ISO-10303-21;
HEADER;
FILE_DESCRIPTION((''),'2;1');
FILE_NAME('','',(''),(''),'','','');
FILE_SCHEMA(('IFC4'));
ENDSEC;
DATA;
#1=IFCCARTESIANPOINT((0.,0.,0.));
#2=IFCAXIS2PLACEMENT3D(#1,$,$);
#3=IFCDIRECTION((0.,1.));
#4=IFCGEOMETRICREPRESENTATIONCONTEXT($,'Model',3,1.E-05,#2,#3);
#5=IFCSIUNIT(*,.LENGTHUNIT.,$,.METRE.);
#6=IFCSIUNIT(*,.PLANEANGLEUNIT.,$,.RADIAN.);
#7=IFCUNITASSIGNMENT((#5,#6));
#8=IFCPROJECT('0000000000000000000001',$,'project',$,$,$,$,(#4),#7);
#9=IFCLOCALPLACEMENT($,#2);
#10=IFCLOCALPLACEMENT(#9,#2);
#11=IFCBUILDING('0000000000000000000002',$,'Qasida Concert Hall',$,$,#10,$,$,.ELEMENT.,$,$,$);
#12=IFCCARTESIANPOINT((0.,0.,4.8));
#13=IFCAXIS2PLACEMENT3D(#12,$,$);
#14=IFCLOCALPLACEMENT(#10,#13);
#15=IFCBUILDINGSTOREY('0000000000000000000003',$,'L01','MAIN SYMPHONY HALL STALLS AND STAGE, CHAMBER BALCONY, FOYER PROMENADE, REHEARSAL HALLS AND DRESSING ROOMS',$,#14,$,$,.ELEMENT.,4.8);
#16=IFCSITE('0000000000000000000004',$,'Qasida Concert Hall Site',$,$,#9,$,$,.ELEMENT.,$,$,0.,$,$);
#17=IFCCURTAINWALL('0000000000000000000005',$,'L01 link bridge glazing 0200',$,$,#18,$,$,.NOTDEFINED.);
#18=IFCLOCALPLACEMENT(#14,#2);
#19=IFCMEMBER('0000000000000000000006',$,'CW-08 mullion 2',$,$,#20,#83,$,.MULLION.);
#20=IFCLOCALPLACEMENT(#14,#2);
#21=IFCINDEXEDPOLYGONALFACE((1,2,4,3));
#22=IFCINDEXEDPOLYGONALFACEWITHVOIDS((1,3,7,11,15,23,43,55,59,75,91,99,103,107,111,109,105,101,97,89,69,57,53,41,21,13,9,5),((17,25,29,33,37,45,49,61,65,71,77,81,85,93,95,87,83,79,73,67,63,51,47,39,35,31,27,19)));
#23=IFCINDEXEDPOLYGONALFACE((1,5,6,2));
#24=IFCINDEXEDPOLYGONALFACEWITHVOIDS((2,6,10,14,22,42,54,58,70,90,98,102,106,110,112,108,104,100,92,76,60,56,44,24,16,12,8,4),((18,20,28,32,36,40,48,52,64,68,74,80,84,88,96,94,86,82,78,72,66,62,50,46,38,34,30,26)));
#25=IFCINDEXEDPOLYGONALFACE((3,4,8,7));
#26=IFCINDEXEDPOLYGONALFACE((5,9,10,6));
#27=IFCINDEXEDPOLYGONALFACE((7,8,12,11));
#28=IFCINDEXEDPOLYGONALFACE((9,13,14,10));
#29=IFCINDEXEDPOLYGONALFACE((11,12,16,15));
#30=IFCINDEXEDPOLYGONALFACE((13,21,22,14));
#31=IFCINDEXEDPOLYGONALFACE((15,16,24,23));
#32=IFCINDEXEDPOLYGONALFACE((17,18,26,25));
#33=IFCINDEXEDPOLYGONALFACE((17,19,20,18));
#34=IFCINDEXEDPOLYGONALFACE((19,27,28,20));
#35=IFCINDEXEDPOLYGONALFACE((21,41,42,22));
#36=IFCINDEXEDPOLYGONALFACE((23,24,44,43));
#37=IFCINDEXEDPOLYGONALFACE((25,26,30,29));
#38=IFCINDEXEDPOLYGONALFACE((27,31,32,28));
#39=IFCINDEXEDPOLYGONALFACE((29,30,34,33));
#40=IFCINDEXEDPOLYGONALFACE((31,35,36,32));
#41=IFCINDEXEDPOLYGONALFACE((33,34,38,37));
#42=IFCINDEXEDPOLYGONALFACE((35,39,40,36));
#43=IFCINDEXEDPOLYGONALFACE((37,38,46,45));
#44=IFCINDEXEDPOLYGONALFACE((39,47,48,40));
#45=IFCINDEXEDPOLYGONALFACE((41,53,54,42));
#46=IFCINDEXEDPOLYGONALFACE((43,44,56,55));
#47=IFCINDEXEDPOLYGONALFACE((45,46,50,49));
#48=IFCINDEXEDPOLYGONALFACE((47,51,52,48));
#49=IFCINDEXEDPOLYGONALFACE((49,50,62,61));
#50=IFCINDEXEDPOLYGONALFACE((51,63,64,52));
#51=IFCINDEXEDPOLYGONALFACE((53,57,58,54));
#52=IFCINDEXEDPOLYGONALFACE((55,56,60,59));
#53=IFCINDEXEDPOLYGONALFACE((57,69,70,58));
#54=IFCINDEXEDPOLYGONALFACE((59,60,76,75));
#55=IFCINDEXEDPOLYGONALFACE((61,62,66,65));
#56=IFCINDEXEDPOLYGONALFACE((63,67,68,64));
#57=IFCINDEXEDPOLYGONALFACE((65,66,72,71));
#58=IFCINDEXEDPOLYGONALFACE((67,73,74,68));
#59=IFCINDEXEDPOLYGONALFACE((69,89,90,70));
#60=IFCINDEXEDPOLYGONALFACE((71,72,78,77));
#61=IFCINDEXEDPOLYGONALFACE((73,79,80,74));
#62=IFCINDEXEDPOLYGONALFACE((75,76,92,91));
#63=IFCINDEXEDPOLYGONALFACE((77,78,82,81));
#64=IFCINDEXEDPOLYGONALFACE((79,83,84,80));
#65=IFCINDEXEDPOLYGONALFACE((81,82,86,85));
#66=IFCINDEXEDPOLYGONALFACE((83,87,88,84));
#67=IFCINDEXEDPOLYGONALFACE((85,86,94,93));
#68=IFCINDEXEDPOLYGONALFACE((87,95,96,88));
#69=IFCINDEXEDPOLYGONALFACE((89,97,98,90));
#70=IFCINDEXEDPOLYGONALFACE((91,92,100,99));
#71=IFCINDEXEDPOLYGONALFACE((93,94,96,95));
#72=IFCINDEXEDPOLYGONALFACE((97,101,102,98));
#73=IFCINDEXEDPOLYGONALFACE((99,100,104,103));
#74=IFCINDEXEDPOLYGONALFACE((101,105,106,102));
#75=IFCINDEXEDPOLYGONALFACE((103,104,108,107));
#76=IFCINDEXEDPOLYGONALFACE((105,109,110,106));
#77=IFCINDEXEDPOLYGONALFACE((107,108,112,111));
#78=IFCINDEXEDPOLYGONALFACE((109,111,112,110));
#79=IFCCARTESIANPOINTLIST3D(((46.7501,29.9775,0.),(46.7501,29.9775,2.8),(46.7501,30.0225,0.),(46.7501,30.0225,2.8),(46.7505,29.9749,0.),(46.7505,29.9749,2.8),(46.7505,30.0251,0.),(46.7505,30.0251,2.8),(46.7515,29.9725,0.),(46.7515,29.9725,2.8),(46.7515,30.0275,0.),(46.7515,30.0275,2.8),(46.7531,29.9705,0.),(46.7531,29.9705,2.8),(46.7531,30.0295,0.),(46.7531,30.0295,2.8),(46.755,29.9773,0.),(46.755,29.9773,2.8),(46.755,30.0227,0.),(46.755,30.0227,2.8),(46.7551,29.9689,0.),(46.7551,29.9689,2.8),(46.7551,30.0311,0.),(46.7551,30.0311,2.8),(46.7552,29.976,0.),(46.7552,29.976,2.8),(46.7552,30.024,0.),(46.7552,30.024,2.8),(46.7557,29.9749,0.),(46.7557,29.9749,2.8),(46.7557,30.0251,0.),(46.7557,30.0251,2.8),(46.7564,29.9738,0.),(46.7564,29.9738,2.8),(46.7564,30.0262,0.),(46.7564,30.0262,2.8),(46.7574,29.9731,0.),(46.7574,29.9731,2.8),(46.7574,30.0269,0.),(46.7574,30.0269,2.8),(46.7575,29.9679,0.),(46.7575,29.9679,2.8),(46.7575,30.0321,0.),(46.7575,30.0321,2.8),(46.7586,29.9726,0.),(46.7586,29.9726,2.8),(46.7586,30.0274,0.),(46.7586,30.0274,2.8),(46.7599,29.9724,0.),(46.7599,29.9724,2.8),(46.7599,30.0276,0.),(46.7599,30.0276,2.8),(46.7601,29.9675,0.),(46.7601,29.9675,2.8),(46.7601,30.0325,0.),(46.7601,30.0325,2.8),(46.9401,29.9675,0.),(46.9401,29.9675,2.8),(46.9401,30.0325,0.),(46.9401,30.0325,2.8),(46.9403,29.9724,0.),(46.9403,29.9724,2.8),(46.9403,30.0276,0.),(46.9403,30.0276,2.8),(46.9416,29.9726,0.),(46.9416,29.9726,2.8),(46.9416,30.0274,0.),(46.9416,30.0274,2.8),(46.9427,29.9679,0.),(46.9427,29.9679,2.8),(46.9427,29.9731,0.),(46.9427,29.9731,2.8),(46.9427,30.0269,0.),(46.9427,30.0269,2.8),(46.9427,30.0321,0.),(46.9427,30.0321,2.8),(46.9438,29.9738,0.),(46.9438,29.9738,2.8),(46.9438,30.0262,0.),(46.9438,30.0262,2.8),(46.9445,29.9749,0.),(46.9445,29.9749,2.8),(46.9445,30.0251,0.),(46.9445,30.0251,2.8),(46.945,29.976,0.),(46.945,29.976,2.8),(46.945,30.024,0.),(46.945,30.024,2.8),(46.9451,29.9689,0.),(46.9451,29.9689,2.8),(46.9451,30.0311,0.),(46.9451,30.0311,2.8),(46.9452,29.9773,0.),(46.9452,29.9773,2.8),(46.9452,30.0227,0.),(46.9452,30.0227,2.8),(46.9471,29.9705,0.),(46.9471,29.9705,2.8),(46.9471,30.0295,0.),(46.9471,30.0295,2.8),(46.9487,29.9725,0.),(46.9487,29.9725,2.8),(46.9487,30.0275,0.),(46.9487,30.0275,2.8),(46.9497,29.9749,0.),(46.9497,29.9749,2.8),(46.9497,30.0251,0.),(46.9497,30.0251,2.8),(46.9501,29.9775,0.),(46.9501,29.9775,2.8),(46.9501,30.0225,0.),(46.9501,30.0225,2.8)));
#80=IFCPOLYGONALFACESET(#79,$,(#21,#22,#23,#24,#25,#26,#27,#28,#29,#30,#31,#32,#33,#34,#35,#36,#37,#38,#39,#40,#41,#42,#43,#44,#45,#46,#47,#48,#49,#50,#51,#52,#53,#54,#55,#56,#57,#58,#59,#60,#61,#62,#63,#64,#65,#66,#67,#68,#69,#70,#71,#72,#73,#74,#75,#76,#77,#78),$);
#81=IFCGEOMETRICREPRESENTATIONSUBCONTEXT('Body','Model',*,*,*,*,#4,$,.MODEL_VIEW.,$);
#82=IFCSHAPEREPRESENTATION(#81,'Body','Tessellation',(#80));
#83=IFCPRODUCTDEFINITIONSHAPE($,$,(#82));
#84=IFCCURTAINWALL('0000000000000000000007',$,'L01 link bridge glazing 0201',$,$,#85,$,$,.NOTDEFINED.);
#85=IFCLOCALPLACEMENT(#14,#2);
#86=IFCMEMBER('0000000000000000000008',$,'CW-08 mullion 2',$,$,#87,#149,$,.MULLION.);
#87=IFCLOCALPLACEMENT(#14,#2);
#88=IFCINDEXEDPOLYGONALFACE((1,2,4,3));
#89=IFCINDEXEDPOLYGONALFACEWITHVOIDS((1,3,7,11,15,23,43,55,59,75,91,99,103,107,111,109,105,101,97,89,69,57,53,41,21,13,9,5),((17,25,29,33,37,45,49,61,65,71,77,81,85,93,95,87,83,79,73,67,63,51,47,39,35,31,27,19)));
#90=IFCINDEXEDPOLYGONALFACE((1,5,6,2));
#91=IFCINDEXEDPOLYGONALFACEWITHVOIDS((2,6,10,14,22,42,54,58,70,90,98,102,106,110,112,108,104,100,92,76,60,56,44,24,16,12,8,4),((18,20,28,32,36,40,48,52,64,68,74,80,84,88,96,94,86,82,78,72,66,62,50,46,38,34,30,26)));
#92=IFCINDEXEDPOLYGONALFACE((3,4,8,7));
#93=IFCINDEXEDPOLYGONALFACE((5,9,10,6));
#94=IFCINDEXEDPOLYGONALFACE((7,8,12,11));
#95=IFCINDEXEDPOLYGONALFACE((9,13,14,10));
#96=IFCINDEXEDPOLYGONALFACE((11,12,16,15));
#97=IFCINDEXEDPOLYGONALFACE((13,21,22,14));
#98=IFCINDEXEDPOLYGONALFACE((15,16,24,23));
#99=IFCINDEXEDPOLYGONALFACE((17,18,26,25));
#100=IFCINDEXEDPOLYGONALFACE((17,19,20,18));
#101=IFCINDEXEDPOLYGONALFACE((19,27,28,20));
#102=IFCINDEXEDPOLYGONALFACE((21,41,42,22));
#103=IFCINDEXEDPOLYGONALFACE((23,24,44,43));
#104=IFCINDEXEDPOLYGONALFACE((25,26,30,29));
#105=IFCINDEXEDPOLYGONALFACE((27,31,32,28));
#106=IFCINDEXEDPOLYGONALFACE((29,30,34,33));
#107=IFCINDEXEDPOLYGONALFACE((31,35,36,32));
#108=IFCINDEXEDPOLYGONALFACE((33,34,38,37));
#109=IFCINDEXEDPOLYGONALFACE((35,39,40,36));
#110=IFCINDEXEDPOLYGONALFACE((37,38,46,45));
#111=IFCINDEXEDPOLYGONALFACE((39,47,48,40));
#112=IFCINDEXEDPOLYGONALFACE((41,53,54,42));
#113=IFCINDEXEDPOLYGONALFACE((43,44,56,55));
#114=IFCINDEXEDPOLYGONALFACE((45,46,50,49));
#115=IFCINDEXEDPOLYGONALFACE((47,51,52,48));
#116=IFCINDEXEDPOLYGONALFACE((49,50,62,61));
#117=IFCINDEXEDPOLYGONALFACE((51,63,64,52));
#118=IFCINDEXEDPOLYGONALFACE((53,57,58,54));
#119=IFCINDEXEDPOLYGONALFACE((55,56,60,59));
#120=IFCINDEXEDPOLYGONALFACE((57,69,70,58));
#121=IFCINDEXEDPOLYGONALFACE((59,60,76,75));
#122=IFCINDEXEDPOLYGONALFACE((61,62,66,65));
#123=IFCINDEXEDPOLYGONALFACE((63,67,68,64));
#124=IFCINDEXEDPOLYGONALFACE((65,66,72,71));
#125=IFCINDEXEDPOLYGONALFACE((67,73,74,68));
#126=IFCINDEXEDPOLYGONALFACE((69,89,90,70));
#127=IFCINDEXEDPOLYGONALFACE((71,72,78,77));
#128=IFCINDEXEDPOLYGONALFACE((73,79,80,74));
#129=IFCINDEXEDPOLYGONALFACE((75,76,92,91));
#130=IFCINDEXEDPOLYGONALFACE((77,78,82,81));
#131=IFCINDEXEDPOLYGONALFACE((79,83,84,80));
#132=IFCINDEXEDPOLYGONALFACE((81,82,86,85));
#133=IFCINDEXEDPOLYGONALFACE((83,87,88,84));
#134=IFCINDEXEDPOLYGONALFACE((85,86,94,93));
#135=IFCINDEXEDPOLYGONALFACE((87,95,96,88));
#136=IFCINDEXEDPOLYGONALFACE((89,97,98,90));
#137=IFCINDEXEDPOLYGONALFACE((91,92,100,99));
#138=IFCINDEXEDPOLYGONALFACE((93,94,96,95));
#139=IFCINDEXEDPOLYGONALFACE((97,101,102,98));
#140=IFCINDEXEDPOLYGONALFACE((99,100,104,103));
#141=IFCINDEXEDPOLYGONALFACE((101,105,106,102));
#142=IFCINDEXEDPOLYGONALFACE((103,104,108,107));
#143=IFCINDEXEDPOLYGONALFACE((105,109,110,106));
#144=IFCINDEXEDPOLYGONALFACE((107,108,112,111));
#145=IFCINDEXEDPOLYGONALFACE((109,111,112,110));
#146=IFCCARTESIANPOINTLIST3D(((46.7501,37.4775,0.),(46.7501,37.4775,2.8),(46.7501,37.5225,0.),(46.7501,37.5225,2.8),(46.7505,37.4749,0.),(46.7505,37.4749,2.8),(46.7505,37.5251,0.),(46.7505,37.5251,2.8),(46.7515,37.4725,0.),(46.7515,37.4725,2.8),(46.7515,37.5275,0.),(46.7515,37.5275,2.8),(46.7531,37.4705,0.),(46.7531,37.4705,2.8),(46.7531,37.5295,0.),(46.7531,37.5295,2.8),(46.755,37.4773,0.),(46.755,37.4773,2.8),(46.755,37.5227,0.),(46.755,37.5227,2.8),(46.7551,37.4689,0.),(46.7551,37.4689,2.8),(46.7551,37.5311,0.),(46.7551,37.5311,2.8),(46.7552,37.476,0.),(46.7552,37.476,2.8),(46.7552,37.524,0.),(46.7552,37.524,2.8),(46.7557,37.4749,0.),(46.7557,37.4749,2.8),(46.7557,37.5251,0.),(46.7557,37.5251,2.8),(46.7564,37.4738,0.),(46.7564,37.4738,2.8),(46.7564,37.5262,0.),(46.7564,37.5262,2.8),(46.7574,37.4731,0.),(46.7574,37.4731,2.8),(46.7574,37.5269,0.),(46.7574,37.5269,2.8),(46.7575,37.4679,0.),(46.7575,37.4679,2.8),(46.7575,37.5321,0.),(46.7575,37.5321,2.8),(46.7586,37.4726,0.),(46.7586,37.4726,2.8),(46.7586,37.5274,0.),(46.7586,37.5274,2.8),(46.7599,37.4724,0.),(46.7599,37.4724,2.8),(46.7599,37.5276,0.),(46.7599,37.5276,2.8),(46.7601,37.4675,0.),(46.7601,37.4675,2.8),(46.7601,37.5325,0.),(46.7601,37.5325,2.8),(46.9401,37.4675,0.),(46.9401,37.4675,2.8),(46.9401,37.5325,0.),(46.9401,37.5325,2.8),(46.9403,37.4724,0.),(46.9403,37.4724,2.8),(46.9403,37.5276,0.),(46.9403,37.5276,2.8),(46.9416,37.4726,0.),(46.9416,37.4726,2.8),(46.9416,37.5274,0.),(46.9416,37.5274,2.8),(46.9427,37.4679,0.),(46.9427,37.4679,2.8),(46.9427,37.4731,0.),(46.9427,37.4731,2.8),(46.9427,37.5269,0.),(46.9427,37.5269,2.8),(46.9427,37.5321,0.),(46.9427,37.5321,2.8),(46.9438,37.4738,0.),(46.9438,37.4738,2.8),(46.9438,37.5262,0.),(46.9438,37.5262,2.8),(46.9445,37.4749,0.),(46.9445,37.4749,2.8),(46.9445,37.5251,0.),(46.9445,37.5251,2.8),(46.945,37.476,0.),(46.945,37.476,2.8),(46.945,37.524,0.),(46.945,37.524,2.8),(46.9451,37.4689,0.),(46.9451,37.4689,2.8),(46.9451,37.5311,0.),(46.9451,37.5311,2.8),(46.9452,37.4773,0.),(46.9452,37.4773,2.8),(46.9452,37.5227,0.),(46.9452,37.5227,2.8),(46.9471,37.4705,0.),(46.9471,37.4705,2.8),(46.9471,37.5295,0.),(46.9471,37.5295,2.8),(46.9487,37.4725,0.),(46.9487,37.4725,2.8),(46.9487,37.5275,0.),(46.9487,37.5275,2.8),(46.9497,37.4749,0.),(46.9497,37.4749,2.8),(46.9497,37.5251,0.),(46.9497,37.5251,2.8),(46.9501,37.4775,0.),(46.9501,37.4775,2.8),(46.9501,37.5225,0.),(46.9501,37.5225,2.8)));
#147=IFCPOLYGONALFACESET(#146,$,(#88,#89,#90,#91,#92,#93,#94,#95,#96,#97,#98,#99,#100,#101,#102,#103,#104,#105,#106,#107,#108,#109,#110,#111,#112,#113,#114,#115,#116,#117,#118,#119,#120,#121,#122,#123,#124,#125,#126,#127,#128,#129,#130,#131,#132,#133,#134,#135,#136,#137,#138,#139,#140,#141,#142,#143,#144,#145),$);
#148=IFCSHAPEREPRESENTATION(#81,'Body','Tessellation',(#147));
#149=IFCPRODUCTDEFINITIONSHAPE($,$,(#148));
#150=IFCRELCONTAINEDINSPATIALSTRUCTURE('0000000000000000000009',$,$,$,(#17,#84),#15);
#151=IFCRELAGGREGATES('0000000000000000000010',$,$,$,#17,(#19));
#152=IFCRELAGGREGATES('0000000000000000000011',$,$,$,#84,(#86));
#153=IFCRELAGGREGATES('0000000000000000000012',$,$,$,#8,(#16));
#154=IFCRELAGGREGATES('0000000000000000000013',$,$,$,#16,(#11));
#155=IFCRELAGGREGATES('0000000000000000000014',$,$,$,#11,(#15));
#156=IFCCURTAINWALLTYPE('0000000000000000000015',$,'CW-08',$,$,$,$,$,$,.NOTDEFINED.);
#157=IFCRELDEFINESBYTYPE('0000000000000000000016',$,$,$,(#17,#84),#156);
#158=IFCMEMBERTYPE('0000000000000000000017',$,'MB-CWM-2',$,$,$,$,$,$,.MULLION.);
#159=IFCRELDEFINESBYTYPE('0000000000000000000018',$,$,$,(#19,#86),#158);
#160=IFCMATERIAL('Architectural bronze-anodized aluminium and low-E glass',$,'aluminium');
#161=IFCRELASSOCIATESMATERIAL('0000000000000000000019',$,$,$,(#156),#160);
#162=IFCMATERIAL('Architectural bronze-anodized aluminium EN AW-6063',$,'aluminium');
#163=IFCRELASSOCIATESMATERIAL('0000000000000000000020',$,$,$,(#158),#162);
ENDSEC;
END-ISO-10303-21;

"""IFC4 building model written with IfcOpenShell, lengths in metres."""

from ifc_helpers import new_model, si_unit, direction, frame, origin, origin_2d, place, context, subcontext, project, spatial, hollow_rectangle, extrude, material, material_profile, profile_set, type_object, element, aggregate, save


model = new_model("IFC4")

# Units and contexts
model_context = context("Model", 3, precision=1e-05, world=origin(), true_north=direction((0.0, 1.0)))
body_context = subcontext(model_context, "Body", "Model", "MODEL_VIEW")
ifc_project = project(units=[si_unit("LENGTHUNIT", "METRE"), si_unit("PLANEANGLEUNIT", "RADIAN")], contexts=[model_context])

# Site, building, storey
site_placement = place(None, origin())
site = spatial("IfcSite", under=ifc_project, at=site_placement, Name="Qasida Concert Hall Site", CompositionType="ELEMENT", RefElevation=0.0)
building_placement = place(site_placement, origin())
building = spatial("IfcBuilding", under=site, at=building_placement, Name="Qasida Concert Hall", CompositionType="ELEMENT")
storey_placement = place(building_placement, frame((0.0, 0.0, 4.8)))
storey = spatial("IfcBuildingStorey", under=building, at=storey_placement, Name="L01", Description="MAIN SYMPHONY HALL STALLS AND STAGE, CHAMBER BALCONY, FOYER PROMENADE, REHEARSAL HALLS AND DRESSING ROOMS", CompositionType="ELEMENT", Elevation=4.8)

# Curtain walls, members
ifc_material_1 = material(Name="Architectural bronze-anodized aluminium and low-E glass", Category="aluminium")
curtain_wall_type = type_object("IfcCurtainWallType", Name="CW-08", PredefinedType="NOTDEFINED", material=ifc_material_1)
curtain_wall_1_placement = place(storey_placement, origin())
curtain_wall_1 = element("IfcCurtainWall", 1, at=curtain_wall_1_placement, inside=storey, type_object=curtain_wall_type, Name="L01 link bridge glazing 0200", PredefinedType="NOTDEFINED")
ifc_material_2 = material(Name="Architectural bronze-anodized aluminium EN AW-6063", Category="aluminium")
ifc_material_profile_1 = material_profile(ifc_material_2, hollow_rectangle(XDim=0.0649, YDim=0.2, WallThickness=0.0049, InnerFilletRadius=0.0049, OuterFilletRadius=0.01, at=origin_2d()), Name="CWM 200x65x5")
ifc_profile_set_1 = profile_set([ifc_material_profile_1], Name="Architectural bronze-anodized aluminium EN AW-6063")
member_type_1 = type_object("IfcMemberType", Name="MB-CWM-2", PredefinedType="MULLION", material=ifc_profile_set_1)
member_1_placement = place(storey_placement, frame((46.8501, 30.0, 0.0), z_axis=(0.0, 0.0, 1.0), x_axis=(0.0, 1.0, 0.0)))
member_1 = element("IfcMember", 2, at=member_1_placement, type_object=member_type_1, Name="CW-08 mullion 2", PredefinedType="MULLION", context=body_context, shape_type="SweptSolid", body=[
    extrude(hollow_rectangle(XDim=0.0649, YDim=0.2, WallThickness=0.0049, InnerFilletRadius=0.0049, OuterFilletRadius=0.01, at=origin_2d()), origin(), (0.0, 0.0, 1.0), 2.8),
])
curtain_wall_2_placement = place(storey_placement, origin())
curtain_wall_2 = element("IfcCurtainWall", 3, at=curtain_wall_2_placement, inside=storey, type_object=curtain_wall_type, Name="L01 link bridge glazing 0201", PredefinedType="NOTDEFINED")
member_2_placement = place(storey_placement, frame((46.8501, 37.5, 0.0), z_axis=(0.0, 0.0, 1.0), x_axis=(0.0, 1.0, 0.0)))
member_2 = element("IfcMember", 4, at=member_2_placement, type_object=member_type_1, Name="CW-08 mullion 2", PredefinedType="MULLION", context=body_context, shape_type="SweptSolid", body=[
    extrude(hollow_rectangle(XDim=0.0649, YDim=0.2, WallThickness=0.0049, InnerFilletRadius=0.0049, OuterFilletRadius=0.01, at=origin_2d()), origin(), (0.0, 0.0, 1.0), 2.8),
])

aggregate(curtain_wall_1, [member_1])
aggregate(curtain_wall_2, [member_2])

save(model, "model.ifc")
